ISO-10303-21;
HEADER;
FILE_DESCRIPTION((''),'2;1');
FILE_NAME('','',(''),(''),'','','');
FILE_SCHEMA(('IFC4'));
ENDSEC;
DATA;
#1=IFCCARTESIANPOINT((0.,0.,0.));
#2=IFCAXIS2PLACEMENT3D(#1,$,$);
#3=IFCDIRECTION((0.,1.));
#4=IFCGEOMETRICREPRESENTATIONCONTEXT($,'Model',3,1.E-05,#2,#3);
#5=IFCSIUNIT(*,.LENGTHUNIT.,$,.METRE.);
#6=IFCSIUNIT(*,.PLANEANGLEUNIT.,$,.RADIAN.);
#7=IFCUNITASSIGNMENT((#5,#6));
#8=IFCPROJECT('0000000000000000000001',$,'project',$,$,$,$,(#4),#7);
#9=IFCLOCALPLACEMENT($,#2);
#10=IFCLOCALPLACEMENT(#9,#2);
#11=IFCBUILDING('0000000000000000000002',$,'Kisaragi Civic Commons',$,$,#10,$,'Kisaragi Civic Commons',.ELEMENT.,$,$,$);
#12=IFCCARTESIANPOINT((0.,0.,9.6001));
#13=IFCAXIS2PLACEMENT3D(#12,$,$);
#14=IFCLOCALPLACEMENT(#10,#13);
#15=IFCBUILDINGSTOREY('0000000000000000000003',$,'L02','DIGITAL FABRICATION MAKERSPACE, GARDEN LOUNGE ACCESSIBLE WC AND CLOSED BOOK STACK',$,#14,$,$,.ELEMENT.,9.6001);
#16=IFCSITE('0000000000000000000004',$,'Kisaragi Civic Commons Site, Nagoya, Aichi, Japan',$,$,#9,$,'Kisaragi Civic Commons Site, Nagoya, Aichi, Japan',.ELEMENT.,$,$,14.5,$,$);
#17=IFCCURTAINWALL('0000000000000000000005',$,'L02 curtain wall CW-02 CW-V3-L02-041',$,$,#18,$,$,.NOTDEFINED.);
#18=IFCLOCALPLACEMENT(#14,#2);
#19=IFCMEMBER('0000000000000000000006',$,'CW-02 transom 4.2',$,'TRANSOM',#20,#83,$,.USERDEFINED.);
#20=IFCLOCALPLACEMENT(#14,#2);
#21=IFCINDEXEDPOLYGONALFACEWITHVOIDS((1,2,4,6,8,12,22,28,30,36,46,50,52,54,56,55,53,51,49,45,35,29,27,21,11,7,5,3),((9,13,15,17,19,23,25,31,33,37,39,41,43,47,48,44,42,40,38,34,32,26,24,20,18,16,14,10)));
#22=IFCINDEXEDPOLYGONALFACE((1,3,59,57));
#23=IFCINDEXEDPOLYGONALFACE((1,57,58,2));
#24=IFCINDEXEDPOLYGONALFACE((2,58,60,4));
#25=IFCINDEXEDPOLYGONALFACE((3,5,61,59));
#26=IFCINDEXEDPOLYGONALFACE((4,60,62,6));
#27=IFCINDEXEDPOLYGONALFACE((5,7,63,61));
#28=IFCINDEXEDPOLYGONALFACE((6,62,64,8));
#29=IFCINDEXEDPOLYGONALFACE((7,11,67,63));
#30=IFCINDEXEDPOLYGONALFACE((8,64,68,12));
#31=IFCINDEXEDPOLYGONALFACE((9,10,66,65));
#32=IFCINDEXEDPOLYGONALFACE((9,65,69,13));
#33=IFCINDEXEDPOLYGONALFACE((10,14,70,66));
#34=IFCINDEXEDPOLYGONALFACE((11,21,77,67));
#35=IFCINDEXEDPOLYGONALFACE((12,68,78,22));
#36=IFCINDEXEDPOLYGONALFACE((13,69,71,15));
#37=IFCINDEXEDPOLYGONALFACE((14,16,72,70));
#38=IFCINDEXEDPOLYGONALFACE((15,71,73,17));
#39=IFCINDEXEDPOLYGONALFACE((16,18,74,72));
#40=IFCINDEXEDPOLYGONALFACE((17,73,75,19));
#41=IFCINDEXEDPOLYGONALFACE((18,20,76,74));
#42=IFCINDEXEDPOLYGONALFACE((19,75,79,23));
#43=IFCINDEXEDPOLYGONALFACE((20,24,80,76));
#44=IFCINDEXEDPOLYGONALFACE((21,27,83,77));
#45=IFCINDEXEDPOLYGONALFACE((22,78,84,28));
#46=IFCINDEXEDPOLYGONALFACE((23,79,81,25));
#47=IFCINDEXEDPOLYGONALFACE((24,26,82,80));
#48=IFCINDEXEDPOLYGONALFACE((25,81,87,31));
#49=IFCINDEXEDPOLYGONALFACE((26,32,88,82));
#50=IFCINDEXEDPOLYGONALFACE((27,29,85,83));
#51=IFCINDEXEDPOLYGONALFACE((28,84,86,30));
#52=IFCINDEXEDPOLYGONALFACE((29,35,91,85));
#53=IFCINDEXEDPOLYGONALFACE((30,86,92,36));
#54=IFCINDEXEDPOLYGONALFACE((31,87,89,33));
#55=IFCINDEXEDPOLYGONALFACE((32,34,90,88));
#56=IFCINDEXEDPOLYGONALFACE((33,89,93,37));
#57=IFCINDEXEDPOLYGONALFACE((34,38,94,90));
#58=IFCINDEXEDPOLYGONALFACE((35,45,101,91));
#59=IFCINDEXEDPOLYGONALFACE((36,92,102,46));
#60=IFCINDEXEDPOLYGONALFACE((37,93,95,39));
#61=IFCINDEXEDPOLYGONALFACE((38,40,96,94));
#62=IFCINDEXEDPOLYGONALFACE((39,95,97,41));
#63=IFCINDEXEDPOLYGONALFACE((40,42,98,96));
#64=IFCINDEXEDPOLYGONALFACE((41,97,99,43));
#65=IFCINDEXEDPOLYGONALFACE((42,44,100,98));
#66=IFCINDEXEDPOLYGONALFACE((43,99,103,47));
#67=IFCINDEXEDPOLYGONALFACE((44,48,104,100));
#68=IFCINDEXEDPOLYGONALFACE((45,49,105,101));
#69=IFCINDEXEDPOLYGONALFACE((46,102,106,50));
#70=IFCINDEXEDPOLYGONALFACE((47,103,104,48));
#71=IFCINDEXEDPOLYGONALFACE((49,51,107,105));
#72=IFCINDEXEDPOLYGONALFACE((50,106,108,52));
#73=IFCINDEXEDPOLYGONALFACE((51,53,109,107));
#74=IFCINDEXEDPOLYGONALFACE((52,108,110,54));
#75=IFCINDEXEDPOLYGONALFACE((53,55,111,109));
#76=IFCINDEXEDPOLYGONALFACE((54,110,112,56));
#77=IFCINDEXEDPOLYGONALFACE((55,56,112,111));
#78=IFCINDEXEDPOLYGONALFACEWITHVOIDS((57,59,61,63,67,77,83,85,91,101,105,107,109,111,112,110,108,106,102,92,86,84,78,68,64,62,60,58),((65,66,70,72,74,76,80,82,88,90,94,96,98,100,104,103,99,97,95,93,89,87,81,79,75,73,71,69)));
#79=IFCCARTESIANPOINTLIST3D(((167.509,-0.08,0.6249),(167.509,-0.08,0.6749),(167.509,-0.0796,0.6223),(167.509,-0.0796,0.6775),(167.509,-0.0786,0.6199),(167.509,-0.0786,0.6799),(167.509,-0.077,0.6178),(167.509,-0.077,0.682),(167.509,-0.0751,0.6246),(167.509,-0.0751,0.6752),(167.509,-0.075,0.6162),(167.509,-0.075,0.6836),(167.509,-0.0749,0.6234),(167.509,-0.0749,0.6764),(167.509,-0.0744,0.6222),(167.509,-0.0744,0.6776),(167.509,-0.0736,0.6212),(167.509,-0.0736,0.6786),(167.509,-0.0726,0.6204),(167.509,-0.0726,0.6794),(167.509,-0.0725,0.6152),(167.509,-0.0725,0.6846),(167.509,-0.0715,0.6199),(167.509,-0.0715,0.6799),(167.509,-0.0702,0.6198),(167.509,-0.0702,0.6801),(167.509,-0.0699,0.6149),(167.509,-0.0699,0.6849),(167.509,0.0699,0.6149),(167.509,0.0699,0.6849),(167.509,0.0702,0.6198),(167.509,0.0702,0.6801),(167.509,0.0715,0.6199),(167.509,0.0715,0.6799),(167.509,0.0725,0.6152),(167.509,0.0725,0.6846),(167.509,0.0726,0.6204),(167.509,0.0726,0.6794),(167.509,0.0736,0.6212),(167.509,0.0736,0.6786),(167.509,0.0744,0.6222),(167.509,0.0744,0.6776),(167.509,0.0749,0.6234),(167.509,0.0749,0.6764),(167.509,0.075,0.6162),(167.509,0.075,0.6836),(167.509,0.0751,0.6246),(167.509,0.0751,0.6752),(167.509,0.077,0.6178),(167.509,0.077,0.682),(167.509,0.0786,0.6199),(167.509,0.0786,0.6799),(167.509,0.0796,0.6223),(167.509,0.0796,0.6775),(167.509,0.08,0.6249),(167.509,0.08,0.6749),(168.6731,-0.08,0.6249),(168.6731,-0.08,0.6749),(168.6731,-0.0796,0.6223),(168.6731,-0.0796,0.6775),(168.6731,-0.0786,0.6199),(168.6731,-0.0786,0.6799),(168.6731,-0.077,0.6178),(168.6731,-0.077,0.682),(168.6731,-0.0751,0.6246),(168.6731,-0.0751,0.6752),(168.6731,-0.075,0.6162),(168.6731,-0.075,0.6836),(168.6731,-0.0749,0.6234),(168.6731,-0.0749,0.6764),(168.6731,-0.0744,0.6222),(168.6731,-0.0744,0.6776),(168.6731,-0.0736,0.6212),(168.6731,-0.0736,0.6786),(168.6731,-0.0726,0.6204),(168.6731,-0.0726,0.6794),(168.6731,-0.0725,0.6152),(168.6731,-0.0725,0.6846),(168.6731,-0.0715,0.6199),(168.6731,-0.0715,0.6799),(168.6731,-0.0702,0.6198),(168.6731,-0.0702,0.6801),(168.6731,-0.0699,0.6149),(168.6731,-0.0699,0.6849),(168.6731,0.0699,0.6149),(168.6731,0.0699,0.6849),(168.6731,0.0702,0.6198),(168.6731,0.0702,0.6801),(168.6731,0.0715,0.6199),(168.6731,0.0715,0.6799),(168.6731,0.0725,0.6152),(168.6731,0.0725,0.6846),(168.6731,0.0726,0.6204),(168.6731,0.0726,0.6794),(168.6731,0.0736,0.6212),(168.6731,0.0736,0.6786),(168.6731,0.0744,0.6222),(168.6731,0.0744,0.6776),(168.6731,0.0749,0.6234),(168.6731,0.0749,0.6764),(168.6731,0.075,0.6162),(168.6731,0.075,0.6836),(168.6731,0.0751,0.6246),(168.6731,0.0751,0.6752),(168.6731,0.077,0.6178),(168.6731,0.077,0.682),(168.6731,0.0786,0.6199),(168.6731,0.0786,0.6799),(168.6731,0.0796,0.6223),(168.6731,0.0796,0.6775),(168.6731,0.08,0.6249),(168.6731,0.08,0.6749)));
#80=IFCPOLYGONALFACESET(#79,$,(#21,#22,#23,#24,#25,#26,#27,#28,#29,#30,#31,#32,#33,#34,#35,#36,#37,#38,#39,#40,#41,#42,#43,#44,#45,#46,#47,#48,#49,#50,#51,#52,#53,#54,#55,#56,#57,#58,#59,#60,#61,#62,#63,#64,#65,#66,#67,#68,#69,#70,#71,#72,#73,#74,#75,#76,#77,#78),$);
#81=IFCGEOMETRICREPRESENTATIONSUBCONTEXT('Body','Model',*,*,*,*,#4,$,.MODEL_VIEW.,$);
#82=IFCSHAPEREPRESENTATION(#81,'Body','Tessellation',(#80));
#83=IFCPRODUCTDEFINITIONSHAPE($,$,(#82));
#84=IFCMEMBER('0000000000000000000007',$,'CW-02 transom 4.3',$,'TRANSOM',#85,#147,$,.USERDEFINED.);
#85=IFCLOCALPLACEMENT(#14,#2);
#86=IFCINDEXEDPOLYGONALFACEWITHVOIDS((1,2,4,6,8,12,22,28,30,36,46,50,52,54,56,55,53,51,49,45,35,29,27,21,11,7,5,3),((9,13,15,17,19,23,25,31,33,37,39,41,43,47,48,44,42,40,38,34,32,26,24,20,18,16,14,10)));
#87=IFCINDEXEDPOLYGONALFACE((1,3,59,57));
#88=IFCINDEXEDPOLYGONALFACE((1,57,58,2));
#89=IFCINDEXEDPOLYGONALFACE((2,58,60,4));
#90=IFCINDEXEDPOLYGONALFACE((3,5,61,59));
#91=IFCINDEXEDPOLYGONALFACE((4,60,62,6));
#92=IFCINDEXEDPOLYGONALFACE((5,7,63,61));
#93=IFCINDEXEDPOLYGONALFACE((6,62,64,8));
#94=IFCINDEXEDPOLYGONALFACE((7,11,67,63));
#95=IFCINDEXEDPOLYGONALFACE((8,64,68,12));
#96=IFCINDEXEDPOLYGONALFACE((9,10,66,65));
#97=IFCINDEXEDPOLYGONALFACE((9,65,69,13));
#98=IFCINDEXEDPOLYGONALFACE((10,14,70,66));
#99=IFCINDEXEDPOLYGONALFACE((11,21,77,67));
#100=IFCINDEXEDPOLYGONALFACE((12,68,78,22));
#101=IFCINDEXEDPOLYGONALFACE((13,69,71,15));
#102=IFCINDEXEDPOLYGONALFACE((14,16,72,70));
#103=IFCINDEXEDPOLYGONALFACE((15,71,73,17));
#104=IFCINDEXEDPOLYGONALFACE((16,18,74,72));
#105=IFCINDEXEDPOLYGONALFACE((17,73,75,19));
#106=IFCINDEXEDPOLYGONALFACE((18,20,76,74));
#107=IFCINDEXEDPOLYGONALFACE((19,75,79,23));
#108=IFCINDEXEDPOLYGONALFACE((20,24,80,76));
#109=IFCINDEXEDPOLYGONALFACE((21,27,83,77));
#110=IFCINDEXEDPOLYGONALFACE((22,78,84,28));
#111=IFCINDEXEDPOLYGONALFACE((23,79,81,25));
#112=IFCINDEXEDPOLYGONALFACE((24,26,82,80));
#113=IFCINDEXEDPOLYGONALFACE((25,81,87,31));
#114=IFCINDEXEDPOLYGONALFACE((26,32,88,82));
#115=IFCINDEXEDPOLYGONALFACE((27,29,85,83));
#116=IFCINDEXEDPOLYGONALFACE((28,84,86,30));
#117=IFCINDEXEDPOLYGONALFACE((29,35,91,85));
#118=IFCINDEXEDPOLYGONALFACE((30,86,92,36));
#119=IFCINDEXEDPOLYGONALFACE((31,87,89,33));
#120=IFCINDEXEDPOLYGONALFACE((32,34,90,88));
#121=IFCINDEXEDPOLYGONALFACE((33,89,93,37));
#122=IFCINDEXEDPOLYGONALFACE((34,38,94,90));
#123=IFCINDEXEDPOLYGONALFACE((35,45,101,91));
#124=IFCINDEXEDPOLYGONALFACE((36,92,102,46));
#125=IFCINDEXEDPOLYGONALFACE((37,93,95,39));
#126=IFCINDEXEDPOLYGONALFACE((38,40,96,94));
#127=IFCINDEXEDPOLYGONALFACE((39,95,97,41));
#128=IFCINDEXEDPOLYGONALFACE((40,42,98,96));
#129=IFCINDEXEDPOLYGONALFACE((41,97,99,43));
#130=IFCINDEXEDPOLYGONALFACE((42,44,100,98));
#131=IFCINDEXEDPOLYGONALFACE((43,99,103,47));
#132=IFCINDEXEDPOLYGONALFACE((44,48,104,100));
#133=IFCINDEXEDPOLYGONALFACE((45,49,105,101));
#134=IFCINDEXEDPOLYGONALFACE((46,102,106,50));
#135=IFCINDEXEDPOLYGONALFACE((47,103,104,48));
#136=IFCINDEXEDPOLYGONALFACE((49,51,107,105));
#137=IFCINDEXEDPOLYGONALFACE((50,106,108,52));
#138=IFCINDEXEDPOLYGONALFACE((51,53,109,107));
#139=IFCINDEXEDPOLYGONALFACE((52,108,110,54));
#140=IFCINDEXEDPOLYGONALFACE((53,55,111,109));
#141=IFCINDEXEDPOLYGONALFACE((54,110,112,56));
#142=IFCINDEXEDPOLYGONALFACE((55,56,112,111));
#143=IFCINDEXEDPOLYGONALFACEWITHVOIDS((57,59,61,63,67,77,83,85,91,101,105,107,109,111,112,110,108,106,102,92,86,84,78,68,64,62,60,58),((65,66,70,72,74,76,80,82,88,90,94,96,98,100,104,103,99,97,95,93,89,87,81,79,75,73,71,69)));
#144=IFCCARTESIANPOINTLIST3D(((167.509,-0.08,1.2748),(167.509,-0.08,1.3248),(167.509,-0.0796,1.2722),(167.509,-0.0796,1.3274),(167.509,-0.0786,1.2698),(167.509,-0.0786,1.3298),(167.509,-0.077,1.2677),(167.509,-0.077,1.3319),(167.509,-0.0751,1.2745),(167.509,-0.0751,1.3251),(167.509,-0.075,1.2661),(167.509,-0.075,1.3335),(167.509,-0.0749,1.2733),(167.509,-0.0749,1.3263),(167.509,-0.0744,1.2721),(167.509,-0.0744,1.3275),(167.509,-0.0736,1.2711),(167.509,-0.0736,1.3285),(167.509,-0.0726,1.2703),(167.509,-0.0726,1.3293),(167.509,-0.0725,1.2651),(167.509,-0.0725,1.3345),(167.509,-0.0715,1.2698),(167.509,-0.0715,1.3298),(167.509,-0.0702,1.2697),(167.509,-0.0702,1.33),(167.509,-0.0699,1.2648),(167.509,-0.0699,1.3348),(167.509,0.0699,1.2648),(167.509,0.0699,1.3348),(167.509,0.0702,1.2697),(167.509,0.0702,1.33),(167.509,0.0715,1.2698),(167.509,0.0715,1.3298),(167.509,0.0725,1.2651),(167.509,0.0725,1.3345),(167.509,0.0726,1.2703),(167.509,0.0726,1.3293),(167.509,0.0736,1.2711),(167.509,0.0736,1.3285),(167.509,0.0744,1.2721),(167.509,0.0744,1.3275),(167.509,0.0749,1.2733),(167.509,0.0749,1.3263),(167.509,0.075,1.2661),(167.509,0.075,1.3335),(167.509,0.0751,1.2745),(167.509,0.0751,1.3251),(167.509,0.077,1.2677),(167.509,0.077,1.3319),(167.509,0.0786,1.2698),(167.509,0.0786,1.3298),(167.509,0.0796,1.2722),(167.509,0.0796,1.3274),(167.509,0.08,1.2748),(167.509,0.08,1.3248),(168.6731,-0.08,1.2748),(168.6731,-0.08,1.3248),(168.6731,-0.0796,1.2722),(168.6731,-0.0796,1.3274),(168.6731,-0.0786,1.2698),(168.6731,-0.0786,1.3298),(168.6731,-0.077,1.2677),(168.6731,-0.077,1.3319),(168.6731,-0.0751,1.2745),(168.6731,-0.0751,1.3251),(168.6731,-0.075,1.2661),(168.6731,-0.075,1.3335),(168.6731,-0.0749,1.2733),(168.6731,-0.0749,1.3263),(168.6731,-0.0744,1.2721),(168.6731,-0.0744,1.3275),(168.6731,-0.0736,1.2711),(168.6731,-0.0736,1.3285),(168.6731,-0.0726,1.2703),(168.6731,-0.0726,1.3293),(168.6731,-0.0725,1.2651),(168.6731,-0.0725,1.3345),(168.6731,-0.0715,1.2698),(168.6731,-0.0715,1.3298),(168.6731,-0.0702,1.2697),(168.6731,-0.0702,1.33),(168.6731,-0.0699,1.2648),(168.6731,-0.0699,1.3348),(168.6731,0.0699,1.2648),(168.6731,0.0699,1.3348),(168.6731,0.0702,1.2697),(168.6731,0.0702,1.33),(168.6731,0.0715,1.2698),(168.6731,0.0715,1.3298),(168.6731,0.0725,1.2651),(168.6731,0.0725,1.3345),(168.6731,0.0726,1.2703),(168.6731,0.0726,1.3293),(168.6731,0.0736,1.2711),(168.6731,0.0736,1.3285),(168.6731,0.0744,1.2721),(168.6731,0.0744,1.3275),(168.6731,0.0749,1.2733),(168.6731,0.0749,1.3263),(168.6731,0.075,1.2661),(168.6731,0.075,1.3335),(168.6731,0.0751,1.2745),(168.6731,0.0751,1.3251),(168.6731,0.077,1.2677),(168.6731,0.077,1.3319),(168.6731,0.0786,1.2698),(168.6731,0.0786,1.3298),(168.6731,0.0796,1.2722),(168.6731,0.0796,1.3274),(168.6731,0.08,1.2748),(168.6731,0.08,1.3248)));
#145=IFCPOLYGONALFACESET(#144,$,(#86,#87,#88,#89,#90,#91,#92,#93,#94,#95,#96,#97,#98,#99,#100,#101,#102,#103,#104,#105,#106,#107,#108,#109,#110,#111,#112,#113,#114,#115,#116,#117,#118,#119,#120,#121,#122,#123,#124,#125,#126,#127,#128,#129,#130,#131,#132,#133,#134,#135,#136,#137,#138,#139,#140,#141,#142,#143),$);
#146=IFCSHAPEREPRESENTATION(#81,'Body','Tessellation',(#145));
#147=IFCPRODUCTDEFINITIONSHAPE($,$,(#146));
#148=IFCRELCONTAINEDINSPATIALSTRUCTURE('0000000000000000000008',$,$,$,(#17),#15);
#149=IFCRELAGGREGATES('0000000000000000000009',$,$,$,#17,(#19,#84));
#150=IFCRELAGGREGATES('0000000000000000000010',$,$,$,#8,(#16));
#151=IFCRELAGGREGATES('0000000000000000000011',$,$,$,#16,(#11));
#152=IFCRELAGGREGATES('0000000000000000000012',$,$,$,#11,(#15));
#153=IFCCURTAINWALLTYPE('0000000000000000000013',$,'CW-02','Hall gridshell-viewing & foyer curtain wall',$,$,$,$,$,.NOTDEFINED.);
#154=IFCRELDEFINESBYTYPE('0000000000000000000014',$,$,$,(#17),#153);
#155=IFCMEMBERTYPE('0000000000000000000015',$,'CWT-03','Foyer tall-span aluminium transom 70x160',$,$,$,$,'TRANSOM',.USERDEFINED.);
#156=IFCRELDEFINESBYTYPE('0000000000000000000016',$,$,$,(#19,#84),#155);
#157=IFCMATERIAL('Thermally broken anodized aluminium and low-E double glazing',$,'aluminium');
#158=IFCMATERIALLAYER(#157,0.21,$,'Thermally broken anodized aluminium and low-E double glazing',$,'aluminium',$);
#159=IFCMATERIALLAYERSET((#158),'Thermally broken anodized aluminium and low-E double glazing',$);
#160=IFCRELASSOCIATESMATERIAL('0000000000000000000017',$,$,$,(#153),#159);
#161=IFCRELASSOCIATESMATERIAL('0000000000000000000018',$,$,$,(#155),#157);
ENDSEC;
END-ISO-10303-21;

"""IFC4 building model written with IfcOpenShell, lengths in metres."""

from ifc_helpers import new_model, si_unit, direction, frame, origin, origin_2d, place, context, subcontext, project, spatial, hollow_rectangle, extrude, material, layer, layer_set, material_profile, profile_set, type_object, element, aggregate, save


model = new_model("IFC4")

# Units and contexts
model_context = context("Model", 3, precision=1e-05, world=origin(), true_north=direction((0.0, 1.0)))
body_context = subcontext(model_context, "Body", "Model", "MODEL_VIEW")
ifc_project = project(units=[si_unit("LENGTHUNIT", "METRE"), si_unit("PLANEANGLEUNIT", "RADIAN")], contexts=[model_context])

# Site, building, storey
site_placement = place(None, origin())
site = spatial("IfcSite", under=ifc_project, at=site_placement, Name="Kisaragi Civic Commons Site, Nagoya, Aichi, Japan", LongName="Kisaragi Civic Commons Site, Nagoya, Aichi, Japan", CompositionType="ELEMENT", RefElevation=14.5)
building_placement = place(site_placement, origin())
building = spatial("IfcBuilding", under=site, at=building_placement, Name="Kisaragi Civic Commons", LongName="Kisaragi Civic Commons", CompositionType="ELEMENT")
storey_placement = place(building_placement, frame((0.0, 0.0, 9.6001)))
storey = spatial("IfcBuildingStorey", under=building, at=storey_placement, Name="L02", Description="DIGITAL FABRICATION MAKERSPACE, GARDEN LOUNGE ACCESSIBLE WC AND CLOSED BOOK STACK", CompositionType="ELEMENT", Elevation=9.6001)

# Curtain wall, members
ifc_material_1 = material(Name="Thermally broken anodized aluminium and low-E double glazing", Category="aluminium")
ifc_layer_1 = layer(ifc_material_1, 0.21, Name="Thermally broken anodized aluminium and low-E double glazing", Category="aluminium")
ifc_layer_set_1 = layer_set([ifc_layer_1], Name="Thermally broken anodized aluminium and low-E double glazing")
curtain_wall_type = type_object("IfcCurtainWallType", Name="CW-02", Description="Hall gridshell-viewing & foyer curtain wall", PredefinedType="NOTDEFINED", material=ifc_layer_set_1)
curtain_wall_placement = place(storey_placement, origin())
curtain_wall = element("IfcCurtainWall", 1, at=curtain_wall_placement, inside=storey, type_object=curtain_wall_type, Name="L02 curtain wall CW-02 CW-V3-L02-041", PredefinedType="NOTDEFINED")
ifc_material_profile_1 = material_profile(ifc_material_1, hollow_rectangle(XDim=0.1599, YDim=0.0701, WallThickness=0.0049, InnerFilletRadius=0.0049, OuterFilletRadius=0.01, at=origin_2d()), Name="CWT-70x160x5", Category="aluminium")
ifc_profile_set_1 = profile_set([ifc_material_profile_1], Name="Thermally broken anodized aluminium and low-E double glazing")
member_type_1 = type_object("IfcMemberType", Name="CWT-03", Description="Foyer tall-span aluminium transom 70x160", ElementType="TRANSOM", PredefinedType="USERDEFINED", material=ifc_profile_set_1)
member_1_placement = place(storey_placement, frame((168.6731, 0.0, 0.6499), z_axis=(-1.0, 0.0, 0.0), x_axis=(0.0, -1.0, 0.0)))
member_1 = element("IfcMember", 2, at=member_1_placement, type_object=member_type_1, Name="CW-02 transom 4.2", ObjectType="TRANSOM", PredefinedType="USERDEFINED", context=body_context, shape_type="SweptSolid", body=[
    extrude(hollow_rectangle(XDim=0.1599, YDim=0.0701, WallThickness=0.0049, InnerFilletRadius=0.0049, OuterFilletRadius=0.01, at=origin_2d()), origin(), (0.0, 0.0, 1.0), 1.1641),
])
member_2_placement = place(storey_placement, frame((168.6731, 0.0, 1.2998), z_axis=(-1.0, 0.0, 0.0), x_axis=(0.0, -1.0, 0.0)))
member_2 = element("IfcMember", 3, at=member_2_placement, type_object=member_type_1, Name="CW-02 transom 4.3", ObjectType="TRANSOM", PredefinedType="USERDEFINED", context=body_context, shape_type="SweptSolid", body=[
    extrude(hollow_rectangle(XDim=0.1599, YDim=0.0701, WallThickness=0.0049, InnerFilletRadius=0.0049, OuterFilletRadius=0.01, at=origin_2d()), origin(), (0.0, 0.0, 1.0), 1.1641),
])
aggregate(curtain_wall, [member_1, member_2])

save(model, "model.ifc")
